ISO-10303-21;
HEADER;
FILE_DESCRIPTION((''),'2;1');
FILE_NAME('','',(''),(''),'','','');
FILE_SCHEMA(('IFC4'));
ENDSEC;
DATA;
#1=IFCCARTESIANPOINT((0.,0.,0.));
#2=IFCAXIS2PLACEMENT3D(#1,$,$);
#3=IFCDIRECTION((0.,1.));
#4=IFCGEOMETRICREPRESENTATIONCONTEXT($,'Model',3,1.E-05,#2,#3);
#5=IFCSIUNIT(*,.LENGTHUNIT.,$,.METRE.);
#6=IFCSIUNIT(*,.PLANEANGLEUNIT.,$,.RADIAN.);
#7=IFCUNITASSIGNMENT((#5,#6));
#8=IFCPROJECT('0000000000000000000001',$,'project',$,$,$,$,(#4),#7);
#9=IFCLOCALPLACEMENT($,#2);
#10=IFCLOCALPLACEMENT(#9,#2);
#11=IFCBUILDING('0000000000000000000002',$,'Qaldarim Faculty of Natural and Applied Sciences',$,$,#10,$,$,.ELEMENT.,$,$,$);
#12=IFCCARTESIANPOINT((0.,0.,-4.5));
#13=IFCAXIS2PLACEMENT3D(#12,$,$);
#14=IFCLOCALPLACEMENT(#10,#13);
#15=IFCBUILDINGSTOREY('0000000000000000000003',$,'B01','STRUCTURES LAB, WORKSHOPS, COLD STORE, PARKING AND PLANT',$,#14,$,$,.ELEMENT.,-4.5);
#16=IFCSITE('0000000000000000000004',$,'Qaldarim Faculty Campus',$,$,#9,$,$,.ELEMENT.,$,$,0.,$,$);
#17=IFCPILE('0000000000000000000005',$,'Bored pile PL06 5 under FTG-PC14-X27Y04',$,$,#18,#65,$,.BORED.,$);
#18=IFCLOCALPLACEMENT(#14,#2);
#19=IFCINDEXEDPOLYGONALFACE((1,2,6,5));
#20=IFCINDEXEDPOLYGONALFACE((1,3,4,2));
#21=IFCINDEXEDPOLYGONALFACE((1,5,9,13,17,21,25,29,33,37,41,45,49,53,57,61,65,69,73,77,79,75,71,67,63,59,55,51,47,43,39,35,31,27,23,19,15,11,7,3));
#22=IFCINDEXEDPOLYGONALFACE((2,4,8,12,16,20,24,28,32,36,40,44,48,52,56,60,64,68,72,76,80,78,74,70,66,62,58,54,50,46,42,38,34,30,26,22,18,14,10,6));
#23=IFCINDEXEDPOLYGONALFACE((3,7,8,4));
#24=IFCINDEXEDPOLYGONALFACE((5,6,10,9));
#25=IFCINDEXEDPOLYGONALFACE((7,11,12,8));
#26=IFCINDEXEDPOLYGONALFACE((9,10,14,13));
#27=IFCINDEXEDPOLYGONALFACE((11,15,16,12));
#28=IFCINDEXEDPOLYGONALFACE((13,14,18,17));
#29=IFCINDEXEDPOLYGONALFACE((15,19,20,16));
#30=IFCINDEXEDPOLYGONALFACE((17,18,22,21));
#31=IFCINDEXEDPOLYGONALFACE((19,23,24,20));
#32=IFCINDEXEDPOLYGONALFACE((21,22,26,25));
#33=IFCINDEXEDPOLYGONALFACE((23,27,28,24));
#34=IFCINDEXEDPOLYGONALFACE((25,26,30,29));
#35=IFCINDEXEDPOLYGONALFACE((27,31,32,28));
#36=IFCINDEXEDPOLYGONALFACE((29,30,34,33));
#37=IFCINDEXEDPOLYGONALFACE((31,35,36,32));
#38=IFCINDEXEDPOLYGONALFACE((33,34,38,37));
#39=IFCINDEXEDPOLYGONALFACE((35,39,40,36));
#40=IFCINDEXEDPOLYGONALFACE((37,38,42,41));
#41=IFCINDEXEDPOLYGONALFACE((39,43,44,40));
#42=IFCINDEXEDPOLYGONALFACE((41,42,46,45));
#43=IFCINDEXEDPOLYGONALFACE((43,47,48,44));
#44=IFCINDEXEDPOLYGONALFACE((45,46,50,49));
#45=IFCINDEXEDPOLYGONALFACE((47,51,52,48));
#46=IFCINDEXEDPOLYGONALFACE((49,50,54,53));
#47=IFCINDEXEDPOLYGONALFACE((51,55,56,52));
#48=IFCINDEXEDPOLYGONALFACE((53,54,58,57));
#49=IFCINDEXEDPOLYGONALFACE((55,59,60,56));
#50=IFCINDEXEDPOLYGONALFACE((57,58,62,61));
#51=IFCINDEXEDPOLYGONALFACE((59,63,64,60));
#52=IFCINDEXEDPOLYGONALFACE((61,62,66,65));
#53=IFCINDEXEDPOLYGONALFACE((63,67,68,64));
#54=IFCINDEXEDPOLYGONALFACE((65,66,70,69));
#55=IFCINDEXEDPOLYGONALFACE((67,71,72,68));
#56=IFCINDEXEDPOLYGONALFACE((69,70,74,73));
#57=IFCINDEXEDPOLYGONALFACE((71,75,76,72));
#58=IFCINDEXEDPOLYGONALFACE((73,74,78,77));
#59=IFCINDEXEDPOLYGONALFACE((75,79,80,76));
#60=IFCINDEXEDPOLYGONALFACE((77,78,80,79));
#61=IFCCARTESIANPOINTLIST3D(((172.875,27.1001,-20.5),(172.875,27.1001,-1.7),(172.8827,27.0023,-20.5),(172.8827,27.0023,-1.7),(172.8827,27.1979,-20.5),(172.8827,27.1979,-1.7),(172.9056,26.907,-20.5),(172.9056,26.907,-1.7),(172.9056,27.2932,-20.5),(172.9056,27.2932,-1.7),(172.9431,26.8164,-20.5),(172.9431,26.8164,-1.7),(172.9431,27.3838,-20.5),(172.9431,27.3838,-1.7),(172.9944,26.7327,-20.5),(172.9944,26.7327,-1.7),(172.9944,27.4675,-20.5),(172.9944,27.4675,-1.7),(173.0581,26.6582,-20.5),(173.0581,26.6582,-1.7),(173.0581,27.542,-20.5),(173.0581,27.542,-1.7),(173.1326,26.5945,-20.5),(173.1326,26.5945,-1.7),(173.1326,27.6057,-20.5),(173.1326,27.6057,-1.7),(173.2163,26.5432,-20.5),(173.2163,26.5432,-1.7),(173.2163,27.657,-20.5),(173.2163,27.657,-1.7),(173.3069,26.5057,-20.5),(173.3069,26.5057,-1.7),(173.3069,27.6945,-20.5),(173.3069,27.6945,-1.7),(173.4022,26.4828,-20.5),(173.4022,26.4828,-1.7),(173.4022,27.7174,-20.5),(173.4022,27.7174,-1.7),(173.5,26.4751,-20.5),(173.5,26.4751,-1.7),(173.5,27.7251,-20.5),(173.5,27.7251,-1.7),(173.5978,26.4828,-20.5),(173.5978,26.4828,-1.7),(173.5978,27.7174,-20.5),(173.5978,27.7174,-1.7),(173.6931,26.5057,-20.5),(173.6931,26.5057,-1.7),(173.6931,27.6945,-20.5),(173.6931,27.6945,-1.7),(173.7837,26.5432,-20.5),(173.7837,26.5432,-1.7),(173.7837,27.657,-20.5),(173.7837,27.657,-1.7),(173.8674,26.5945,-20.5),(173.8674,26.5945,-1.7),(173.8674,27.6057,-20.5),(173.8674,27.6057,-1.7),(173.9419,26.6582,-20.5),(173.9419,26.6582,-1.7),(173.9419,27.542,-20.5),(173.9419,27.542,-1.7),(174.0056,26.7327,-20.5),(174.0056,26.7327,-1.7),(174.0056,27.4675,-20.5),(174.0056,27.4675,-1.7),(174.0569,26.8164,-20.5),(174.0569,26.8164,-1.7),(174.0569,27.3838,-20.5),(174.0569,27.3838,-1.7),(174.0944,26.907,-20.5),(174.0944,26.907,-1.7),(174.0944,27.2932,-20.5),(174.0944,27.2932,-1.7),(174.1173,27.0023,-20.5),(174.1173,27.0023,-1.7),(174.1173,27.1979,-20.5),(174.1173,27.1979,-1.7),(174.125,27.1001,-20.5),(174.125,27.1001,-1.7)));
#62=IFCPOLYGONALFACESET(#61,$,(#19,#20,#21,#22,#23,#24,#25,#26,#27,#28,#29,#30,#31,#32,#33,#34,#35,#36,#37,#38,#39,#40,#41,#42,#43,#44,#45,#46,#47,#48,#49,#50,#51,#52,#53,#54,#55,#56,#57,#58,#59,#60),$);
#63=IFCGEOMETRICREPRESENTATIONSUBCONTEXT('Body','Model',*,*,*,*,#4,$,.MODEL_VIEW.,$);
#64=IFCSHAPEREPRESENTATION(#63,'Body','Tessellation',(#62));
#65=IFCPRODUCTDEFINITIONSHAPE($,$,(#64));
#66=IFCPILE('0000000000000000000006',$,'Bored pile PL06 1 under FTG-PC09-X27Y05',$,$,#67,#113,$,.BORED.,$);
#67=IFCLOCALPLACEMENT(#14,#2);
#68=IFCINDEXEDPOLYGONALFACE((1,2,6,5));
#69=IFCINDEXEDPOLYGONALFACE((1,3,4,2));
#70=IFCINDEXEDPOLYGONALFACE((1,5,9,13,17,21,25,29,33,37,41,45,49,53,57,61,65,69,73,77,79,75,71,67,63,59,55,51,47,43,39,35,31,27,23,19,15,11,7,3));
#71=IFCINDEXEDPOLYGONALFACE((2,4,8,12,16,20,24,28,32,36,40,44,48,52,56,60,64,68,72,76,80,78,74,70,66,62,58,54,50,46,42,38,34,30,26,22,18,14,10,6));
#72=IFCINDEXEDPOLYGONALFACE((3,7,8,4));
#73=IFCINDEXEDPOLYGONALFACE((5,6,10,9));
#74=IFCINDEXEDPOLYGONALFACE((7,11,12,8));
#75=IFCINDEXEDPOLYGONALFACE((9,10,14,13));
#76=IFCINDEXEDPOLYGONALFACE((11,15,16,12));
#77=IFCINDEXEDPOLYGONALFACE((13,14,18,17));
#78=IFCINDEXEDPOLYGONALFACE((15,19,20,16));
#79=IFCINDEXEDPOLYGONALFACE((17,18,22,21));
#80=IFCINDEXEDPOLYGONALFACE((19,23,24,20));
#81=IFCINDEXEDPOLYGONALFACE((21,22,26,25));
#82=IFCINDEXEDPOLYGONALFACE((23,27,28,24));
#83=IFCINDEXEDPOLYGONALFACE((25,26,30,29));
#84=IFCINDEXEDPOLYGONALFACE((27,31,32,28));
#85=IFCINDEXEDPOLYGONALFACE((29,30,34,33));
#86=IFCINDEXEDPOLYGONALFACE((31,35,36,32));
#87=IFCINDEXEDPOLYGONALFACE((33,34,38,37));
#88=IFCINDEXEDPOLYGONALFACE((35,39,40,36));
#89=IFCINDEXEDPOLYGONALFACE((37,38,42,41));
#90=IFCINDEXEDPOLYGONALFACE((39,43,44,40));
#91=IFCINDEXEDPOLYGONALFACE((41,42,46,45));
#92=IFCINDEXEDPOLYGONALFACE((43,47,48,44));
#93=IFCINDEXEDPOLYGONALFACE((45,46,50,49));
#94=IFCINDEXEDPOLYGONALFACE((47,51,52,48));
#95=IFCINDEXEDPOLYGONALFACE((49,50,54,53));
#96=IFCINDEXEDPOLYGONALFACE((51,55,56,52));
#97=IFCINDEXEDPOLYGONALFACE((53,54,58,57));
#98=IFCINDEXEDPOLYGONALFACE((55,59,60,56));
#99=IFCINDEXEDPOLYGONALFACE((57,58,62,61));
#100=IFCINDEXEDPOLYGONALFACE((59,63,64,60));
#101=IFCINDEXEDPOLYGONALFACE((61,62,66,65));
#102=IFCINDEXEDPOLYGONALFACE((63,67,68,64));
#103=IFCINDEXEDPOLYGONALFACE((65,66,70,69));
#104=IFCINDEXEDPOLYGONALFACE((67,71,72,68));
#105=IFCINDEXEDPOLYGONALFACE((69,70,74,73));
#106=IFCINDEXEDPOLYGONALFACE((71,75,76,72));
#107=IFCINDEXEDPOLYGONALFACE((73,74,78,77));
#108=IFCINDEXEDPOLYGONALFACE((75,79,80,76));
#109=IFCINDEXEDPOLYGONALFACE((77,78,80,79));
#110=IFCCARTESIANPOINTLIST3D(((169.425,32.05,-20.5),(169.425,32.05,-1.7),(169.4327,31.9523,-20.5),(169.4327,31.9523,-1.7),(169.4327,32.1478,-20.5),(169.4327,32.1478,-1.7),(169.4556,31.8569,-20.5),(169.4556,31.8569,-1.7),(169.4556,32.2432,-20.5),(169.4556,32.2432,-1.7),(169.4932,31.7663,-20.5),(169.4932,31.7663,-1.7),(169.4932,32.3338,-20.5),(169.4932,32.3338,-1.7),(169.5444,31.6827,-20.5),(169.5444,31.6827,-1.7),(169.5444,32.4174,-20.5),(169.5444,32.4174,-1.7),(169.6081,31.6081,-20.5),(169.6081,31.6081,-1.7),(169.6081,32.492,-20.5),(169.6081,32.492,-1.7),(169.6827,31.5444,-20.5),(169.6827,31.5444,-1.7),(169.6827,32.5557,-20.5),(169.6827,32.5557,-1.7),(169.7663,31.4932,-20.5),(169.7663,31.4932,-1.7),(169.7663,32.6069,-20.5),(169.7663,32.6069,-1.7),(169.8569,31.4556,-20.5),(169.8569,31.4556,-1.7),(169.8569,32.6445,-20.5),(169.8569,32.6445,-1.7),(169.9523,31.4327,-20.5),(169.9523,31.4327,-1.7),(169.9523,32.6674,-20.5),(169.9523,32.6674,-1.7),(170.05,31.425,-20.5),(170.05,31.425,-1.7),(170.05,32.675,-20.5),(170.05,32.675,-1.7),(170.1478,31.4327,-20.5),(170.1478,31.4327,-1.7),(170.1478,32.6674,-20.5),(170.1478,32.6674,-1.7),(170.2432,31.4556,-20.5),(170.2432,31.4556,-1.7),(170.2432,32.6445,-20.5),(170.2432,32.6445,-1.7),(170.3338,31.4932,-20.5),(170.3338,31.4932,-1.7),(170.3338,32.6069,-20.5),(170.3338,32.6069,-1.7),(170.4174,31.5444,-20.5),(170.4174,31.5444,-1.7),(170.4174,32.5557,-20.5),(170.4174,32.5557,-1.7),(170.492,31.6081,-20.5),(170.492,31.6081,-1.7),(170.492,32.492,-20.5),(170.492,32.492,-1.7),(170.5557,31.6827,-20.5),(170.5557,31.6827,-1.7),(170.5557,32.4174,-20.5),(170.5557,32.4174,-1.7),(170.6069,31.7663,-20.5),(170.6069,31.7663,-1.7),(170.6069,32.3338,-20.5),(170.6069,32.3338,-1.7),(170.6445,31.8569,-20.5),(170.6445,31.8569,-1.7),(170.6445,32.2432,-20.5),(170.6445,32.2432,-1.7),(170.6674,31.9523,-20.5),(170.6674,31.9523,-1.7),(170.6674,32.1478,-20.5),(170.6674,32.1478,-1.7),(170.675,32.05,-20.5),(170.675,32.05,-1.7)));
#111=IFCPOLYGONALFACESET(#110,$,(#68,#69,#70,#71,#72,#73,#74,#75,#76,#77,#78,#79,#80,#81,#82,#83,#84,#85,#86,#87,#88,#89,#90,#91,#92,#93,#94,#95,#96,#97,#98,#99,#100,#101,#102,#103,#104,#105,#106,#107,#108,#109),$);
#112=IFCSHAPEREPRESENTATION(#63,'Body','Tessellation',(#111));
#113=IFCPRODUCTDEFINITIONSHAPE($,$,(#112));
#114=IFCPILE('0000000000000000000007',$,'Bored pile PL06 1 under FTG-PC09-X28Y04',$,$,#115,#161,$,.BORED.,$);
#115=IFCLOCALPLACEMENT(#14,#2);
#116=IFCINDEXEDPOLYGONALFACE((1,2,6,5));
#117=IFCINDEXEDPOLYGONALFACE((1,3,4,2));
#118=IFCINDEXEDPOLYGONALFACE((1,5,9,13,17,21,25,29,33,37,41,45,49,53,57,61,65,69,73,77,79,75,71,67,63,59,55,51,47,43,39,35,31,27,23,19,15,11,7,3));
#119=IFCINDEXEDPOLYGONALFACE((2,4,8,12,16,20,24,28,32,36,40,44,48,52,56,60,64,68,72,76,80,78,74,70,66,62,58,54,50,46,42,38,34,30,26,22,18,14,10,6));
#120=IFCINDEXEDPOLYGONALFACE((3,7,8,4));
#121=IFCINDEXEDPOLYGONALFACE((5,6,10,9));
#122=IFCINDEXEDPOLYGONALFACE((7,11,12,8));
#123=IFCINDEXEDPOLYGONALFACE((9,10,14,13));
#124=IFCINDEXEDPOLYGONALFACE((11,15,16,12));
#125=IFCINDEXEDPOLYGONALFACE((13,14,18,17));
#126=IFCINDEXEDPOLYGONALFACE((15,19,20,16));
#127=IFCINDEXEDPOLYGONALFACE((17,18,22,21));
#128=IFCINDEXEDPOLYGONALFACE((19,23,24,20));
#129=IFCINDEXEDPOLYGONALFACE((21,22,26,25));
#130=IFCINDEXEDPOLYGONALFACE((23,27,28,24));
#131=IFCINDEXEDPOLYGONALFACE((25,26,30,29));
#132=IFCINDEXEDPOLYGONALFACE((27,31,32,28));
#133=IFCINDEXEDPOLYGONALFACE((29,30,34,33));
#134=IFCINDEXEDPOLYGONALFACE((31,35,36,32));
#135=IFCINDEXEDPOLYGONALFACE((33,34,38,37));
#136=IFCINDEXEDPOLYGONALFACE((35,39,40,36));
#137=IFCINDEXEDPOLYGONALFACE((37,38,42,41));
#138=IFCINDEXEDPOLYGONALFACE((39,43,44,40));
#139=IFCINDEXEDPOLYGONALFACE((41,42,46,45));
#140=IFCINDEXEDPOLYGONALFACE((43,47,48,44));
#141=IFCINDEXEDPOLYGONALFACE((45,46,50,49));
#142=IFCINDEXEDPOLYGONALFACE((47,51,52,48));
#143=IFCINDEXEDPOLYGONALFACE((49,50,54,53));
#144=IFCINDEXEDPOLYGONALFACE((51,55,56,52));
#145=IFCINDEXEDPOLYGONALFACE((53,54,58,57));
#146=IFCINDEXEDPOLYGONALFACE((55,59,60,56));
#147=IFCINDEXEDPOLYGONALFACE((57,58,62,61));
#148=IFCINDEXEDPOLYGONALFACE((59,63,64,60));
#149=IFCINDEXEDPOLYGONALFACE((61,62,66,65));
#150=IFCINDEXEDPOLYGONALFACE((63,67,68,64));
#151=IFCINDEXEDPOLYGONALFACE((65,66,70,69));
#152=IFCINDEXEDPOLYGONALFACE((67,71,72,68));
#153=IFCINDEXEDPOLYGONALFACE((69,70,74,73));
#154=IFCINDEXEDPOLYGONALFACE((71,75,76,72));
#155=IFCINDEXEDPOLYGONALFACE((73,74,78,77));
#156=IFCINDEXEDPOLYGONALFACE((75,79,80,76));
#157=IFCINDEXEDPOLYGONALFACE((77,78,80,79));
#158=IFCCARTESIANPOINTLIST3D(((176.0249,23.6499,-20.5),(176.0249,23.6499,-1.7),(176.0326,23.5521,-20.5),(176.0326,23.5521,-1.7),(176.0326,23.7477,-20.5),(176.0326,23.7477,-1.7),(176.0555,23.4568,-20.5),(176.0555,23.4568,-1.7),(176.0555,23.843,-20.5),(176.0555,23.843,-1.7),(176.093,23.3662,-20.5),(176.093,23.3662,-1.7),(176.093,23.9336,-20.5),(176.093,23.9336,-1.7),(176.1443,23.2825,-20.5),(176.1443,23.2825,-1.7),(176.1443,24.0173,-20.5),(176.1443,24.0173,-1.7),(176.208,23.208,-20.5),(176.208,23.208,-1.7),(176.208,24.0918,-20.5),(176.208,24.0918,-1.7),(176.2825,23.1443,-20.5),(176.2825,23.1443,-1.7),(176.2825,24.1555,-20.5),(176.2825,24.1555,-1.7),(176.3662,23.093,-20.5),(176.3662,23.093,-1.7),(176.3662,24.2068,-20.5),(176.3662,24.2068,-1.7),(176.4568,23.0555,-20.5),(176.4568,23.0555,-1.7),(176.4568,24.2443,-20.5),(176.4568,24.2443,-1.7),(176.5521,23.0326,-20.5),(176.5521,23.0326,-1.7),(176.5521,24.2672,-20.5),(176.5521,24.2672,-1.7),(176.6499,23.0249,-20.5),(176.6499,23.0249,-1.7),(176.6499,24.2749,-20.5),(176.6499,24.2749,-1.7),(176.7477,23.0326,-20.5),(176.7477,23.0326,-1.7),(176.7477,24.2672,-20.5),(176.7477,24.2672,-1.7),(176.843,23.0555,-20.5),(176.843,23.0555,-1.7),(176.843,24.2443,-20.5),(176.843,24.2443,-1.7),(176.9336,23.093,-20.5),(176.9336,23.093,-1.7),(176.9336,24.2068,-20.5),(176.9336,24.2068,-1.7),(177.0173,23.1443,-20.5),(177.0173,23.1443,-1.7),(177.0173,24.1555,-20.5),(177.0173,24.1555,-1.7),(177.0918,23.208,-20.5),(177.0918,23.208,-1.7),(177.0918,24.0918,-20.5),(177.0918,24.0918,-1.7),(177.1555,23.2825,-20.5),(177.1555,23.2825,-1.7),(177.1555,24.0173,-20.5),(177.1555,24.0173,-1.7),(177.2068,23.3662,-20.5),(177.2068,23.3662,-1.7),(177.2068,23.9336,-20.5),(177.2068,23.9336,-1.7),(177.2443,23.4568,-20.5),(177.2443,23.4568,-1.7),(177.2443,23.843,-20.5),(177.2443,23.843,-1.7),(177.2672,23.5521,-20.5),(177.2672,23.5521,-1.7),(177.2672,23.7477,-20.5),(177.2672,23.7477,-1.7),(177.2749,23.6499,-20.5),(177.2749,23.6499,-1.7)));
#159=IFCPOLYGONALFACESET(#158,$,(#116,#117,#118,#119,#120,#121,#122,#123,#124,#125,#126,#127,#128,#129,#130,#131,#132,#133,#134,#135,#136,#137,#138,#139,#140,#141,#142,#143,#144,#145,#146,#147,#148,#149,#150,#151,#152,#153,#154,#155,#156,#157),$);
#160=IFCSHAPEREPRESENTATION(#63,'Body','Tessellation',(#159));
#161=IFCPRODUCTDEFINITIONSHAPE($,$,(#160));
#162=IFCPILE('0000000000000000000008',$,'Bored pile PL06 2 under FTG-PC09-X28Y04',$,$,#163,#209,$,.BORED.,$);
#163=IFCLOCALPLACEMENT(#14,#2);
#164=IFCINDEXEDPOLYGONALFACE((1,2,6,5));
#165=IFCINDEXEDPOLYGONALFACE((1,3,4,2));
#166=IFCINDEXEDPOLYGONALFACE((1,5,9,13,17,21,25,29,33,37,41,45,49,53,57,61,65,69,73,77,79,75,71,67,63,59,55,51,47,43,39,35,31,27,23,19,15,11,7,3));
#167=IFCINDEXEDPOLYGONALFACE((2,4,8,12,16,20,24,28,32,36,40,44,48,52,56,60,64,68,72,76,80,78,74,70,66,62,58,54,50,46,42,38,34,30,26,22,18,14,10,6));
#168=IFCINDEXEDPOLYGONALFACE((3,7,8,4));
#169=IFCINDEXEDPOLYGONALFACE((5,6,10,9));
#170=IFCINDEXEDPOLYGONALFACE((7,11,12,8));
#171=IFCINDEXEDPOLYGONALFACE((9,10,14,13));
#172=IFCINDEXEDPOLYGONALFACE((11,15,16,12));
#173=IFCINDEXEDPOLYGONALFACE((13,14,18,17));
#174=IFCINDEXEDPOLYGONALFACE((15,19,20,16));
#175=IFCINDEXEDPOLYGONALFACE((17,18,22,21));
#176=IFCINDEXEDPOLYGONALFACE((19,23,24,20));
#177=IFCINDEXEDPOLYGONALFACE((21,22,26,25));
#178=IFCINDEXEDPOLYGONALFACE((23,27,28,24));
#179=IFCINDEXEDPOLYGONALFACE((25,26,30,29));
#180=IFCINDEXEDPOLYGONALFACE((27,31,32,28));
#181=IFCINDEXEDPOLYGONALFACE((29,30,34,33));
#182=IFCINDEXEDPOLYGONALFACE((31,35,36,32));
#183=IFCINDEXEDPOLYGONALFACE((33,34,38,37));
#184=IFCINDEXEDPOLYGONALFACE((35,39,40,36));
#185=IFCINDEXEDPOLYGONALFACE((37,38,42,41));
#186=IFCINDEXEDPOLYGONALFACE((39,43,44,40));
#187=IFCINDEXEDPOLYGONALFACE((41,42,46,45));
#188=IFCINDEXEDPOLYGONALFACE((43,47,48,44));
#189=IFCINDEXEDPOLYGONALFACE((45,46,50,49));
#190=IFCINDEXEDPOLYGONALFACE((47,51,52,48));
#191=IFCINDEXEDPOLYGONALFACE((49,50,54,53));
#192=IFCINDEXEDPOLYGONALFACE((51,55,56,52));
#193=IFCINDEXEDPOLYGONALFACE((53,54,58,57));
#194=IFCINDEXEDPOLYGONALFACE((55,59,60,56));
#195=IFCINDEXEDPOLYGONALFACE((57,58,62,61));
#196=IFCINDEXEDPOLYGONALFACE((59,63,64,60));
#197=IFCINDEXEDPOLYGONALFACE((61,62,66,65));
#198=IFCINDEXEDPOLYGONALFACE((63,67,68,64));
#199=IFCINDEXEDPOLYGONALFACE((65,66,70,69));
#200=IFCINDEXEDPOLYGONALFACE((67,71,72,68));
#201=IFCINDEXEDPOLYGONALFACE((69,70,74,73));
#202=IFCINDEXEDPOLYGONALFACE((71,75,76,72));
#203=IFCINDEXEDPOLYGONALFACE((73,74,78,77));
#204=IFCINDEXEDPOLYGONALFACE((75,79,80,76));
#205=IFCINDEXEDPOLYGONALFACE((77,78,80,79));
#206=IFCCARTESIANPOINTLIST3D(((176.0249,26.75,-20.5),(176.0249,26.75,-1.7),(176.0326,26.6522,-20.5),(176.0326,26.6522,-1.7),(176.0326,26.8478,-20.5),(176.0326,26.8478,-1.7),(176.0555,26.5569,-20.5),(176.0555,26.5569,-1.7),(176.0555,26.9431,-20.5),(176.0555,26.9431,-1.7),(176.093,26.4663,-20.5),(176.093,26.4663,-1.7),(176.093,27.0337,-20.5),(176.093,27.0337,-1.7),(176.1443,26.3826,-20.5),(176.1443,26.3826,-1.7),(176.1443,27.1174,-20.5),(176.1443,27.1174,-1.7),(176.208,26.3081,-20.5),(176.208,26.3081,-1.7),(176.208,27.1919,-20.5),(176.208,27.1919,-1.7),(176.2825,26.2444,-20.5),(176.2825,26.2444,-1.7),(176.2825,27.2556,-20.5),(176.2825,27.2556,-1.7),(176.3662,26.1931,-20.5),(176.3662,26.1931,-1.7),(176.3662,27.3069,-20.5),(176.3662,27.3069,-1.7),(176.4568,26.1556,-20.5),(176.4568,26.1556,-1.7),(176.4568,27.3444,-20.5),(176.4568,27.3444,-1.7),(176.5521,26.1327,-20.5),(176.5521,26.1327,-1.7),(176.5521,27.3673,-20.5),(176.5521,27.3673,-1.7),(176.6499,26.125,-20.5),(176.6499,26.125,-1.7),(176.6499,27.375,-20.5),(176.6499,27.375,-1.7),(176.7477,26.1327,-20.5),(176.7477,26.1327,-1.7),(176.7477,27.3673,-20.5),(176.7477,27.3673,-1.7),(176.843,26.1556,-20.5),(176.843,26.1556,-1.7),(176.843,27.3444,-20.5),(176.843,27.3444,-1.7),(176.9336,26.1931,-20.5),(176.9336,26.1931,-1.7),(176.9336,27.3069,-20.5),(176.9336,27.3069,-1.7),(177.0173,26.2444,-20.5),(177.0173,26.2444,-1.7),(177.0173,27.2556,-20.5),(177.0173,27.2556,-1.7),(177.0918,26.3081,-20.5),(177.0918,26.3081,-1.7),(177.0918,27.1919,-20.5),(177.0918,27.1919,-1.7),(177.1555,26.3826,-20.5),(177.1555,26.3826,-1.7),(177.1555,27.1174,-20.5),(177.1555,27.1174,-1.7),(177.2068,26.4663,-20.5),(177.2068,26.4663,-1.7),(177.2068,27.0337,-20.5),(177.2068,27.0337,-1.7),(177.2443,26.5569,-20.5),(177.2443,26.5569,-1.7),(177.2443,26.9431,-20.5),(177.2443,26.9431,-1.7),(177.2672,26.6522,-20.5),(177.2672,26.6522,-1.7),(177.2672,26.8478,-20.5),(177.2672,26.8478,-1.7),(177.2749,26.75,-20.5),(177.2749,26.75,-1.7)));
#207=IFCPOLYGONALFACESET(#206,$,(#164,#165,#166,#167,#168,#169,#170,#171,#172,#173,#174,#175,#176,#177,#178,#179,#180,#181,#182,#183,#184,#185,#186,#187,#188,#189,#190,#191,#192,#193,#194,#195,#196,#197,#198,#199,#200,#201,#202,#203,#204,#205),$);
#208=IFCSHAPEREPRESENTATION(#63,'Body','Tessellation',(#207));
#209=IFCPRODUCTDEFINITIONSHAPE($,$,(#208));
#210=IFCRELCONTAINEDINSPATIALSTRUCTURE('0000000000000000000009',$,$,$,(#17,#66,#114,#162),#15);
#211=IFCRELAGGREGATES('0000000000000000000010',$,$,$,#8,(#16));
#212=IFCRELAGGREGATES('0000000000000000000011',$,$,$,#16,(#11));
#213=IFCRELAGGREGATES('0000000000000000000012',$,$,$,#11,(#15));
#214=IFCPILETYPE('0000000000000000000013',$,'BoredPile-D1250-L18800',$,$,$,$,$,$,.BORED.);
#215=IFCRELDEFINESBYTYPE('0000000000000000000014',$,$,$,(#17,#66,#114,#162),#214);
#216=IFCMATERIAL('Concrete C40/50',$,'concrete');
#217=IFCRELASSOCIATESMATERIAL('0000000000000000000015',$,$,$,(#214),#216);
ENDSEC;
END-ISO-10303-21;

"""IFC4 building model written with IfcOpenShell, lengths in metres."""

from ifc_helpers import new_model, si_unit, direction, frame, origin, origin_2d, place, context, subcontext, project, spatial, circle, extrude, material, material_profile, profile_set, type_object, element, save


model = new_model("IFC4")

# Units and contexts
model_context = context("Model", 3, precision=1e-05, world=origin(), true_north=direction((0.0, 1.0)))
body_context = subcontext(model_context, "Body", "Model", "MODEL_VIEW")
ifc_project = project(units=[si_unit("LENGTHUNIT", "METRE"), si_unit("PLANEANGLEUNIT", "RADIAN")], contexts=[model_context])

# Site, building, storey
site_placement = place(None, origin())
site = spatial("IfcSite", under=ifc_project, at=site_placement, Name="Qaldarim Faculty Campus", CompositionType="ELEMENT", RefElevation=0.0)
building_placement = place(site_placement, origin())
building = spatial("IfcBuilding", under=site, at=building_placement, Name="Qaldarim Faculty of Natural and Applied Sciences", CompositionType="ELEMENT")
storey_placement = place(building_placement, frame((0.0, 0.0, -4.5)))
storey = spatial("IfcBuildingStorey", under=building, at=storey_placement, Name="B01", Description="STRUCTURES LAB, WORKSHOPS, COLD STORE, PARKING AND PLANT", CompositionType="ELEMENT", Elevation=-4.5)

# Piles
ifc_material_1 = material(Name="Concrete C40/50", Category="concrete")
ifc_material_profile_1 = material_profile(ifc_material_1, circle(Radius=0.625, at=origin_2d()), Name="PILE-D1250")
ifc_profile_set_1 = profile_set([ifc_material_profile_1], Name="Concrete C40/50")
pile_type = type_object("IfcPileType", Name="BoredPile-D1250-L18800", PredefinedType="BORED", material=ifc_profile_set_1)
for number, where, z_axis, x_axis, name in (
    (1, (173.5, 27.1001, -1.7), (0.0, 0.0, -1.0), (1.0, 0.0, 0.0), "Bored pile PL06 5 under FTG-PC14-X27Y04"),
    (2, (170.05, 32.05, -1.7), (0.0, 0.0, -1.0), (1.0, 0.0, 0.0), "Bored pile PL06 1 under FTG-PC09-X27Y05"),
    (3, (176.6499, 23.6499, -1.7), (0.0, 0.0, -1.0), (1.0, 0.0, 0.0), "Bored pile PL06 1 under FTG-PC09-X28Y04"),
    (4, (176.6499, 26.75, -1.7), (0.0, 0.0, -1.0), (1.0, 0.0, 0.0), "Bored pile PL06 2 under FTG-PC09-X28Y04"),
):
    element("IfcPile", number, at=place(storey_placement, frame(where, z_axis=z_axis, x_axis=x_axis)), inside=storey, type_object=pile_type, Name=name, PredefinedType="BORED", context=body_context, shape_type="SweptSolid", body=[
        extrude(circle(Radius=0.625, at=origin_2d()), origin(), (0.0, 0.0, 1.0), 18.8),
    ])

save(model, "model.ifc")
